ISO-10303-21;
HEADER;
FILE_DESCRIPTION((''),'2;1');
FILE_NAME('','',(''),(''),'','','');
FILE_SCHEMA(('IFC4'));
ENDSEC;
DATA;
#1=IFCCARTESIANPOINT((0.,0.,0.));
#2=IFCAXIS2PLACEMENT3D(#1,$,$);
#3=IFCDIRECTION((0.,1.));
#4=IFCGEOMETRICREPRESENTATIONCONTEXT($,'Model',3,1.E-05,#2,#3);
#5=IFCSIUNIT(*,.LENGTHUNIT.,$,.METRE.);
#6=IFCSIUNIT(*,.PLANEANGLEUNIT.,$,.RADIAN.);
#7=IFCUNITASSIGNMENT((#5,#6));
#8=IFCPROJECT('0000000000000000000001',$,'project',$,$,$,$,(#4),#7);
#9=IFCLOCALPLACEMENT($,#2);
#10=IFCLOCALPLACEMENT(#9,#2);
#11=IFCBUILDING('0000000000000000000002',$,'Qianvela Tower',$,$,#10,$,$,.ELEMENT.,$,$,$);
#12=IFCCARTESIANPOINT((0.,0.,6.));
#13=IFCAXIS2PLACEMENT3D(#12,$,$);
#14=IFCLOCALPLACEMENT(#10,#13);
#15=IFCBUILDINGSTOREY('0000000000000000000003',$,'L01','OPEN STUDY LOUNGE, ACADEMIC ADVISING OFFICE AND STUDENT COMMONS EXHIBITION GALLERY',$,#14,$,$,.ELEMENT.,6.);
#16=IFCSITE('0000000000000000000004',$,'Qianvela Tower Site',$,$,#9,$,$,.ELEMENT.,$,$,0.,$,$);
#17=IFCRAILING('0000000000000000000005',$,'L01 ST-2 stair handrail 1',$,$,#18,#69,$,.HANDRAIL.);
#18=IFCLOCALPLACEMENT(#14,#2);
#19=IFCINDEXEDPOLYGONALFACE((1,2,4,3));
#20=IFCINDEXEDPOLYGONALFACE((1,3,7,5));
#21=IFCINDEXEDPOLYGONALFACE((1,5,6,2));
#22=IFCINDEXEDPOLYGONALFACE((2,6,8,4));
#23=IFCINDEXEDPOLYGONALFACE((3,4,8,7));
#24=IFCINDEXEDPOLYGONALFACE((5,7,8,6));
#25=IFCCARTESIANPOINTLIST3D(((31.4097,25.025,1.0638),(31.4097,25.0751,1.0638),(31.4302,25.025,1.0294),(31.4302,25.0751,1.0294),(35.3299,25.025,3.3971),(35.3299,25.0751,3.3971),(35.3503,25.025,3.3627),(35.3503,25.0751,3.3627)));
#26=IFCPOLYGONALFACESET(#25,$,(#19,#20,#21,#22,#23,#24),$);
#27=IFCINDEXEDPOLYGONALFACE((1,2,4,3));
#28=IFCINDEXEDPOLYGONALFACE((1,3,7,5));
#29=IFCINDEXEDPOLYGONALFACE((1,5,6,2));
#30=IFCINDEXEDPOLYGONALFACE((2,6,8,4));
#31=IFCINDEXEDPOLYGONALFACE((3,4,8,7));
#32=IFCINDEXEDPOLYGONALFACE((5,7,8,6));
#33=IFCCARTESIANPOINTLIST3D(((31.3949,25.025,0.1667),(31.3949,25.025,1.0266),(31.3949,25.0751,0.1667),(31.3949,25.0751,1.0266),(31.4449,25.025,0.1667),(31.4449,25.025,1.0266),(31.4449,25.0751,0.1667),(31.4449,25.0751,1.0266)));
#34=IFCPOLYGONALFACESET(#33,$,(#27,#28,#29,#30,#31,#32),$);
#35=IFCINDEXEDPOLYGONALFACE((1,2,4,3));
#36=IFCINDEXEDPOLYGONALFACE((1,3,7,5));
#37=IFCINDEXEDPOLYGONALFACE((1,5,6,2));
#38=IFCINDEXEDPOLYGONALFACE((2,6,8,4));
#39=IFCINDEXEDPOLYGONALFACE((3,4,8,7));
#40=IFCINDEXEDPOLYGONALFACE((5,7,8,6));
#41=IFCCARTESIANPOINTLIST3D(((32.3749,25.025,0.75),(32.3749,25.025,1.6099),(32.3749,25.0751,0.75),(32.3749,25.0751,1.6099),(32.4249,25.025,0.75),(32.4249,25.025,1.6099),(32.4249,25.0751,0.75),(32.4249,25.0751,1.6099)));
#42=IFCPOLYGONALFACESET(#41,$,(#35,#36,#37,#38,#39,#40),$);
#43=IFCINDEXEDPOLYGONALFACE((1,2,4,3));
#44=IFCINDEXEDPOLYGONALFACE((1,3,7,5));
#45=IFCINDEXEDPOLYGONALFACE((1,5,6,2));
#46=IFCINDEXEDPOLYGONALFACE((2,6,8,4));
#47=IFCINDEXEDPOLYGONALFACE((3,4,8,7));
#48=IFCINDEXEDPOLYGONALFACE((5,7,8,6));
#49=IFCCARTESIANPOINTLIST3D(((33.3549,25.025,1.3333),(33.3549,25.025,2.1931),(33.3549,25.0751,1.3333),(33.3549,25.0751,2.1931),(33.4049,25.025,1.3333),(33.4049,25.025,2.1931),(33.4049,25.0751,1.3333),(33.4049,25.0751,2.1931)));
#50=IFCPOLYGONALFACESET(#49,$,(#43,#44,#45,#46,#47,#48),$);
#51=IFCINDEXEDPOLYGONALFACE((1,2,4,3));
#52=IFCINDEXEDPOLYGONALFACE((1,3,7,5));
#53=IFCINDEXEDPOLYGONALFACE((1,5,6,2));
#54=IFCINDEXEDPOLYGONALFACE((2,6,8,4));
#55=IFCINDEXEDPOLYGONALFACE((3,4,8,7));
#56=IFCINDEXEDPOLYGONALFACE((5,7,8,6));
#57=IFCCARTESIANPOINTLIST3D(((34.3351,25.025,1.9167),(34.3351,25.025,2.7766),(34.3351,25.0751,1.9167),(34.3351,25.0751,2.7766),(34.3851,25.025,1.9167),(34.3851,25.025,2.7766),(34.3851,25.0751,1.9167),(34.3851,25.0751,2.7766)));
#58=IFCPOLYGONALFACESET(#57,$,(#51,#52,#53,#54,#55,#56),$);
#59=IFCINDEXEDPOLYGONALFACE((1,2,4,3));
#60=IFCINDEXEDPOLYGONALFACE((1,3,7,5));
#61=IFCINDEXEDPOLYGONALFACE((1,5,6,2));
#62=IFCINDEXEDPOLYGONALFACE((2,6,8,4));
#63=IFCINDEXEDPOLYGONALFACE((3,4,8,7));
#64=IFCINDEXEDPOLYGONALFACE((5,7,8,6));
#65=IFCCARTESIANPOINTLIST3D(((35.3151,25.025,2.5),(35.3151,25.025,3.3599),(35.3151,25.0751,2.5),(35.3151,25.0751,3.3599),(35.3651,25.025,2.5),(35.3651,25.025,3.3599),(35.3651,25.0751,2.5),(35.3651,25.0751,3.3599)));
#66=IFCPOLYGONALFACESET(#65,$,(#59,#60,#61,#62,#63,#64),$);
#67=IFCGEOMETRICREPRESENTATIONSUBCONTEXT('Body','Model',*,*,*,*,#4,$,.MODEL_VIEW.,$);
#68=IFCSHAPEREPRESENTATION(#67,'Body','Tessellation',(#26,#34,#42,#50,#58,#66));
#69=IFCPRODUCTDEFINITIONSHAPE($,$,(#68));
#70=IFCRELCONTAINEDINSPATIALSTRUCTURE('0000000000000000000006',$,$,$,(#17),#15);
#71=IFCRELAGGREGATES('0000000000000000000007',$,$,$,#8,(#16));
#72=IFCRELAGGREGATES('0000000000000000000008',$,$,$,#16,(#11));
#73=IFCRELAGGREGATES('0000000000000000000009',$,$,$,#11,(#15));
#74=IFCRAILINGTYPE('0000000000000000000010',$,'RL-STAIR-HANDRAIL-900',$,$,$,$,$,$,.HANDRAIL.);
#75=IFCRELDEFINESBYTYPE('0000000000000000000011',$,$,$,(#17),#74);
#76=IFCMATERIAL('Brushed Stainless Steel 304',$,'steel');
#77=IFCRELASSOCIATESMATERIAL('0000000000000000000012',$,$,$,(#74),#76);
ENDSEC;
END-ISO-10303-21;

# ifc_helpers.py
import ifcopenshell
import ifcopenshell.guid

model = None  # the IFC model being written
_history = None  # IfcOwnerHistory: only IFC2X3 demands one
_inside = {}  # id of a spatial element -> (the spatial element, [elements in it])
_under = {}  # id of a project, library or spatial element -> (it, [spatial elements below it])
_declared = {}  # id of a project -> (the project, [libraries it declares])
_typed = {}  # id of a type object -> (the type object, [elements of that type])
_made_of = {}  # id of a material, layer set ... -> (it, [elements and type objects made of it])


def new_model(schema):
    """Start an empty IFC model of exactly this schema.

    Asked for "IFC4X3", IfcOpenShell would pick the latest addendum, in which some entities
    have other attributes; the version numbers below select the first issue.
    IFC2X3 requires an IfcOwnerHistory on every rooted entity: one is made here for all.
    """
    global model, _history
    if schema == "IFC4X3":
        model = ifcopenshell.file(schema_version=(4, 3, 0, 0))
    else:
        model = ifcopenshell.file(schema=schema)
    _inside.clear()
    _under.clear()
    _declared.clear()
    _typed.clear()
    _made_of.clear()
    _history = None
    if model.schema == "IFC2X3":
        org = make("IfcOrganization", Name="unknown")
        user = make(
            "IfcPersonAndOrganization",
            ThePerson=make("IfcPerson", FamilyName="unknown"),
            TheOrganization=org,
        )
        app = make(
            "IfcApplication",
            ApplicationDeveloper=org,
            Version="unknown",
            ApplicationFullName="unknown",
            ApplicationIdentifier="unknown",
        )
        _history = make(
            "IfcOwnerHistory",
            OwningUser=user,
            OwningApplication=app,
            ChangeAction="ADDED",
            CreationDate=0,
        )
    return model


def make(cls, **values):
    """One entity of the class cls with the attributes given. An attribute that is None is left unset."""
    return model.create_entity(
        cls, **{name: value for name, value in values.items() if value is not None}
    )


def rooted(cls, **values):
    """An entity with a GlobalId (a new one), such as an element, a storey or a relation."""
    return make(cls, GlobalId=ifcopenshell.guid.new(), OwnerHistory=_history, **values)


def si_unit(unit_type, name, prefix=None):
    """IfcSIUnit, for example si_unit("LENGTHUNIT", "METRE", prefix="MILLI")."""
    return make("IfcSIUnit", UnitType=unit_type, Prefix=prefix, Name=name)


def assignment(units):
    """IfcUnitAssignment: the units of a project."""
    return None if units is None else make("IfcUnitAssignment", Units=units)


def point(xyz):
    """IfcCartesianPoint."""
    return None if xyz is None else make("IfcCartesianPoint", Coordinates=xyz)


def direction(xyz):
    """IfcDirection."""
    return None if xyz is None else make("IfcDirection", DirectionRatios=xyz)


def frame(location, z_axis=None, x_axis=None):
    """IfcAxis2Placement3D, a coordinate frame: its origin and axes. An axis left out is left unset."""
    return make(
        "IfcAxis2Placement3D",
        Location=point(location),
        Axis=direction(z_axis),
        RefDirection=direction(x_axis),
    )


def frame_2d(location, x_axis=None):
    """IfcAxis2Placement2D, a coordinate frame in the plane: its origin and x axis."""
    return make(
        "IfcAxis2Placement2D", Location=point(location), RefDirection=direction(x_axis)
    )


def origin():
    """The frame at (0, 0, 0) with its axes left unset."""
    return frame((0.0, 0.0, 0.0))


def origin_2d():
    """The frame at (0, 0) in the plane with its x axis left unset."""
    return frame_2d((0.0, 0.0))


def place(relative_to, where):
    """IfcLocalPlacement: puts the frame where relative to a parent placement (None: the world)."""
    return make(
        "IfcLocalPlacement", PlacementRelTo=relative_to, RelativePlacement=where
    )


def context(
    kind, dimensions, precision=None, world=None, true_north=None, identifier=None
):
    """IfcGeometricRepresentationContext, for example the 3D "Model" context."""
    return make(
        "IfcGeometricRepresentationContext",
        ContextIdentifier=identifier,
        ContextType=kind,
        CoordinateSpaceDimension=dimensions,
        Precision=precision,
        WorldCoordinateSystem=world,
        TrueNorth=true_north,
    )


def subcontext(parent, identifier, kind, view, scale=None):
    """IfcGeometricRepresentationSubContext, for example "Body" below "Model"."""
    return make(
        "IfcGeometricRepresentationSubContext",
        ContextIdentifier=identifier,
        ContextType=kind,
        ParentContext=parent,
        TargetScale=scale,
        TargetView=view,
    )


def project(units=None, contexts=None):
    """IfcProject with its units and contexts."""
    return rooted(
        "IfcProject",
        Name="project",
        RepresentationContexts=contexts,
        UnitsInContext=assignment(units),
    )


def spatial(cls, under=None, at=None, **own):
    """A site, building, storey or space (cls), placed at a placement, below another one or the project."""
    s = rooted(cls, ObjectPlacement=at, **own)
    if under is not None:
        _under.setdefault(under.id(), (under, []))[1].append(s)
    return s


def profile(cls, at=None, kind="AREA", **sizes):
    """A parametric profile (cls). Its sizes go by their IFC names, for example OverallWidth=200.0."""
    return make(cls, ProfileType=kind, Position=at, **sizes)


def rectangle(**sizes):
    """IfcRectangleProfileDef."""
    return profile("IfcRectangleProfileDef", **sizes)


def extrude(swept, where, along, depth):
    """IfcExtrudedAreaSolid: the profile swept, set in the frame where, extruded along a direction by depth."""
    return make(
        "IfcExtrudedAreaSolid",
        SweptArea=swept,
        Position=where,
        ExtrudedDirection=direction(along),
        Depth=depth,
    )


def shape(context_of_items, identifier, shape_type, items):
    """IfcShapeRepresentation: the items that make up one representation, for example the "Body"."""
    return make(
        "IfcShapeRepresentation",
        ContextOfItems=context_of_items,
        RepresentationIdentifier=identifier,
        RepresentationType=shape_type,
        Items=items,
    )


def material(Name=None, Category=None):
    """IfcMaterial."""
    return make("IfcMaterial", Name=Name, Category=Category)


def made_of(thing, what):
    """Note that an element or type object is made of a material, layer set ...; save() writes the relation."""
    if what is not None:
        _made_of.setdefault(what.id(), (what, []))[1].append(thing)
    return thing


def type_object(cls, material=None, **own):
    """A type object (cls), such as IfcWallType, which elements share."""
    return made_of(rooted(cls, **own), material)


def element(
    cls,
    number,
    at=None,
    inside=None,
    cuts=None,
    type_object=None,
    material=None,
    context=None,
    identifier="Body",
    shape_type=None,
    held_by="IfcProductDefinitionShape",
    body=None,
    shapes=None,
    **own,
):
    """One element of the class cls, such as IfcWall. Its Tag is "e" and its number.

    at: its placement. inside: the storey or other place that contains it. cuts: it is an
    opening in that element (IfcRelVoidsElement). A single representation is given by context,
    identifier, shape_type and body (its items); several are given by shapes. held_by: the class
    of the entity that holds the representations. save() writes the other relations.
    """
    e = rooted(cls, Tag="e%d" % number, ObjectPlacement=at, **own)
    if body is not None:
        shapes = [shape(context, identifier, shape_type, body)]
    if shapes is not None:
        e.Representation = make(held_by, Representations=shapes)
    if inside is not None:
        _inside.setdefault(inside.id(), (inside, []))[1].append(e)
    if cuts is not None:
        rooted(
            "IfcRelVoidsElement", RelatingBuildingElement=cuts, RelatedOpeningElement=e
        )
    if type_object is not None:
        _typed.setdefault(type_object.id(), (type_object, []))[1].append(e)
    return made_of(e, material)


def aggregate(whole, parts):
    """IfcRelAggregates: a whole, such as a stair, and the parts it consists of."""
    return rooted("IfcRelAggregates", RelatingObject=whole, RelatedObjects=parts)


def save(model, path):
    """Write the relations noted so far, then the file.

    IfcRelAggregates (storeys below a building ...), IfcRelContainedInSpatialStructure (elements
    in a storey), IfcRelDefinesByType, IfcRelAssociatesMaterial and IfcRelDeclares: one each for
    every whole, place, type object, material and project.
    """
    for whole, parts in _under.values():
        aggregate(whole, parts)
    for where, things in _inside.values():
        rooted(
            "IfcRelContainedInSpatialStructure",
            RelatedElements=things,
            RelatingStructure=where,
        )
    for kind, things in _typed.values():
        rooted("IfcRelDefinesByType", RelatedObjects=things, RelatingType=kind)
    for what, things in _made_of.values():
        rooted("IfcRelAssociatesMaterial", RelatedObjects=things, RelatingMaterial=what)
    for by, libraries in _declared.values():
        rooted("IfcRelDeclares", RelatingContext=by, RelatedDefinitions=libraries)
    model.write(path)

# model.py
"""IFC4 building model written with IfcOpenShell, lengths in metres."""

from ifc_helpers import new_model, si_unit, direction, frame, origin, origin_2d, place, context, subcontext, project, spatial, rectangle, extrude, material, type_object, element, save


model = new_model("IFC4")

# Units and contexts
model_context = context("Model", 3, precision=1e-05, world=origin(), true_north=direction((0.0, 1.0)))
body_context = subcontext(model_context, "Body", "Model", "MODEL_VIEW")
ifc_project = project(units=[si_unit("LENGTHUNIT", "METRE"), si_unit("PLANEANGLEUNIT", "RADIAN")], contexts=[model_context])

# Site, building, storey
site_placement = place(None, origin())
site = spatial("IfcSite", under=ifc_project, at=site_placement, Name="Qianvela Tower Site", CompositionType="ELEMENT", RefElevation=0.0)
building_placement = place(site_placement, origin())
building = spatial("IfcBuilding", under=site, at=building_placement, Name="Qianvela Tower", CompositionType="ELEMENT")
storey_placement = place(building_placement, frame((0.0, 0.0, 6.0)))
storey = spatial("IfcBuildingStorey", under=building, at=storey_placement, Name="L01", Description="OPEN STUDY LOUNGE, ACADEMIC ADVISING OFFICE AND STUDENT COMMONS EXHIBITION GALLERY", CompositionType="ELEMENT", Elevation=6.0)

# Railing
ifc_material_1 = material(Name="Brushed Stainless Steel 304", Category="steel")
railing_type_1 = type_object("IfcRailingType", Name="RL-STAIR-HANDRAIL-900", PredefinedType="HANDRAIL", material=ifc_material_1)
railing_1_placement = place(storey_placement, frame((31.4199, 25.05, 0.1667)))
element("IfcRailing", 1, at=railing_1_placement, inside=storey, type_object=railing_type_1, Name="L01 ST-2 stair handrail 1", PredefinedType="HANDRAIL", context=body_context, shape_type="SweptSolid", body=[
    extrude(rectangle(XDim=0.05, YDim=0.04, at=origin_2d()), frame((0.0, 0.0, 0.8799), z_axis=(0.85931, 0.0, 0.511455), x_axis=(0.0, 1.0, 0.0)), (0.0, 0.0, 1.0), 4.562),
    extrude(rectangle(XDim=0.05, YDim=0.05, at=origin_2d()), origin(), (0.0, 0.0, 1.0), 0.8599),
    extrude(rectangle(XDim=0.05, YDim=0.05, at=origin_2d()), frame((0.98, 0.0, 0.5833)), (0.0, 0.0, 1.0), 0.8599),
    extrude(rectangle(XDim=0.05, YDim=0.05, at=origin_2d()), frame((1.96, 0.0, 1.1665)), (0.0, 0.0, 1.0), 0.8599),
    extrude(rectangle(XDim=0.05, YDim=0.05, at=origin_2d()), frame((2.9402, 0.0, 1.75)), (0.0, 0.0, 1.0), 0.8599),
    extrude(rectangle(XDim=0.05, YDim=0.05, at=origin_2d()), frame((3.9202, 0.0, 2.3333)), (0.0, 0.0, 1.0), 0.8599),
])

save(model, "model.ifc")
